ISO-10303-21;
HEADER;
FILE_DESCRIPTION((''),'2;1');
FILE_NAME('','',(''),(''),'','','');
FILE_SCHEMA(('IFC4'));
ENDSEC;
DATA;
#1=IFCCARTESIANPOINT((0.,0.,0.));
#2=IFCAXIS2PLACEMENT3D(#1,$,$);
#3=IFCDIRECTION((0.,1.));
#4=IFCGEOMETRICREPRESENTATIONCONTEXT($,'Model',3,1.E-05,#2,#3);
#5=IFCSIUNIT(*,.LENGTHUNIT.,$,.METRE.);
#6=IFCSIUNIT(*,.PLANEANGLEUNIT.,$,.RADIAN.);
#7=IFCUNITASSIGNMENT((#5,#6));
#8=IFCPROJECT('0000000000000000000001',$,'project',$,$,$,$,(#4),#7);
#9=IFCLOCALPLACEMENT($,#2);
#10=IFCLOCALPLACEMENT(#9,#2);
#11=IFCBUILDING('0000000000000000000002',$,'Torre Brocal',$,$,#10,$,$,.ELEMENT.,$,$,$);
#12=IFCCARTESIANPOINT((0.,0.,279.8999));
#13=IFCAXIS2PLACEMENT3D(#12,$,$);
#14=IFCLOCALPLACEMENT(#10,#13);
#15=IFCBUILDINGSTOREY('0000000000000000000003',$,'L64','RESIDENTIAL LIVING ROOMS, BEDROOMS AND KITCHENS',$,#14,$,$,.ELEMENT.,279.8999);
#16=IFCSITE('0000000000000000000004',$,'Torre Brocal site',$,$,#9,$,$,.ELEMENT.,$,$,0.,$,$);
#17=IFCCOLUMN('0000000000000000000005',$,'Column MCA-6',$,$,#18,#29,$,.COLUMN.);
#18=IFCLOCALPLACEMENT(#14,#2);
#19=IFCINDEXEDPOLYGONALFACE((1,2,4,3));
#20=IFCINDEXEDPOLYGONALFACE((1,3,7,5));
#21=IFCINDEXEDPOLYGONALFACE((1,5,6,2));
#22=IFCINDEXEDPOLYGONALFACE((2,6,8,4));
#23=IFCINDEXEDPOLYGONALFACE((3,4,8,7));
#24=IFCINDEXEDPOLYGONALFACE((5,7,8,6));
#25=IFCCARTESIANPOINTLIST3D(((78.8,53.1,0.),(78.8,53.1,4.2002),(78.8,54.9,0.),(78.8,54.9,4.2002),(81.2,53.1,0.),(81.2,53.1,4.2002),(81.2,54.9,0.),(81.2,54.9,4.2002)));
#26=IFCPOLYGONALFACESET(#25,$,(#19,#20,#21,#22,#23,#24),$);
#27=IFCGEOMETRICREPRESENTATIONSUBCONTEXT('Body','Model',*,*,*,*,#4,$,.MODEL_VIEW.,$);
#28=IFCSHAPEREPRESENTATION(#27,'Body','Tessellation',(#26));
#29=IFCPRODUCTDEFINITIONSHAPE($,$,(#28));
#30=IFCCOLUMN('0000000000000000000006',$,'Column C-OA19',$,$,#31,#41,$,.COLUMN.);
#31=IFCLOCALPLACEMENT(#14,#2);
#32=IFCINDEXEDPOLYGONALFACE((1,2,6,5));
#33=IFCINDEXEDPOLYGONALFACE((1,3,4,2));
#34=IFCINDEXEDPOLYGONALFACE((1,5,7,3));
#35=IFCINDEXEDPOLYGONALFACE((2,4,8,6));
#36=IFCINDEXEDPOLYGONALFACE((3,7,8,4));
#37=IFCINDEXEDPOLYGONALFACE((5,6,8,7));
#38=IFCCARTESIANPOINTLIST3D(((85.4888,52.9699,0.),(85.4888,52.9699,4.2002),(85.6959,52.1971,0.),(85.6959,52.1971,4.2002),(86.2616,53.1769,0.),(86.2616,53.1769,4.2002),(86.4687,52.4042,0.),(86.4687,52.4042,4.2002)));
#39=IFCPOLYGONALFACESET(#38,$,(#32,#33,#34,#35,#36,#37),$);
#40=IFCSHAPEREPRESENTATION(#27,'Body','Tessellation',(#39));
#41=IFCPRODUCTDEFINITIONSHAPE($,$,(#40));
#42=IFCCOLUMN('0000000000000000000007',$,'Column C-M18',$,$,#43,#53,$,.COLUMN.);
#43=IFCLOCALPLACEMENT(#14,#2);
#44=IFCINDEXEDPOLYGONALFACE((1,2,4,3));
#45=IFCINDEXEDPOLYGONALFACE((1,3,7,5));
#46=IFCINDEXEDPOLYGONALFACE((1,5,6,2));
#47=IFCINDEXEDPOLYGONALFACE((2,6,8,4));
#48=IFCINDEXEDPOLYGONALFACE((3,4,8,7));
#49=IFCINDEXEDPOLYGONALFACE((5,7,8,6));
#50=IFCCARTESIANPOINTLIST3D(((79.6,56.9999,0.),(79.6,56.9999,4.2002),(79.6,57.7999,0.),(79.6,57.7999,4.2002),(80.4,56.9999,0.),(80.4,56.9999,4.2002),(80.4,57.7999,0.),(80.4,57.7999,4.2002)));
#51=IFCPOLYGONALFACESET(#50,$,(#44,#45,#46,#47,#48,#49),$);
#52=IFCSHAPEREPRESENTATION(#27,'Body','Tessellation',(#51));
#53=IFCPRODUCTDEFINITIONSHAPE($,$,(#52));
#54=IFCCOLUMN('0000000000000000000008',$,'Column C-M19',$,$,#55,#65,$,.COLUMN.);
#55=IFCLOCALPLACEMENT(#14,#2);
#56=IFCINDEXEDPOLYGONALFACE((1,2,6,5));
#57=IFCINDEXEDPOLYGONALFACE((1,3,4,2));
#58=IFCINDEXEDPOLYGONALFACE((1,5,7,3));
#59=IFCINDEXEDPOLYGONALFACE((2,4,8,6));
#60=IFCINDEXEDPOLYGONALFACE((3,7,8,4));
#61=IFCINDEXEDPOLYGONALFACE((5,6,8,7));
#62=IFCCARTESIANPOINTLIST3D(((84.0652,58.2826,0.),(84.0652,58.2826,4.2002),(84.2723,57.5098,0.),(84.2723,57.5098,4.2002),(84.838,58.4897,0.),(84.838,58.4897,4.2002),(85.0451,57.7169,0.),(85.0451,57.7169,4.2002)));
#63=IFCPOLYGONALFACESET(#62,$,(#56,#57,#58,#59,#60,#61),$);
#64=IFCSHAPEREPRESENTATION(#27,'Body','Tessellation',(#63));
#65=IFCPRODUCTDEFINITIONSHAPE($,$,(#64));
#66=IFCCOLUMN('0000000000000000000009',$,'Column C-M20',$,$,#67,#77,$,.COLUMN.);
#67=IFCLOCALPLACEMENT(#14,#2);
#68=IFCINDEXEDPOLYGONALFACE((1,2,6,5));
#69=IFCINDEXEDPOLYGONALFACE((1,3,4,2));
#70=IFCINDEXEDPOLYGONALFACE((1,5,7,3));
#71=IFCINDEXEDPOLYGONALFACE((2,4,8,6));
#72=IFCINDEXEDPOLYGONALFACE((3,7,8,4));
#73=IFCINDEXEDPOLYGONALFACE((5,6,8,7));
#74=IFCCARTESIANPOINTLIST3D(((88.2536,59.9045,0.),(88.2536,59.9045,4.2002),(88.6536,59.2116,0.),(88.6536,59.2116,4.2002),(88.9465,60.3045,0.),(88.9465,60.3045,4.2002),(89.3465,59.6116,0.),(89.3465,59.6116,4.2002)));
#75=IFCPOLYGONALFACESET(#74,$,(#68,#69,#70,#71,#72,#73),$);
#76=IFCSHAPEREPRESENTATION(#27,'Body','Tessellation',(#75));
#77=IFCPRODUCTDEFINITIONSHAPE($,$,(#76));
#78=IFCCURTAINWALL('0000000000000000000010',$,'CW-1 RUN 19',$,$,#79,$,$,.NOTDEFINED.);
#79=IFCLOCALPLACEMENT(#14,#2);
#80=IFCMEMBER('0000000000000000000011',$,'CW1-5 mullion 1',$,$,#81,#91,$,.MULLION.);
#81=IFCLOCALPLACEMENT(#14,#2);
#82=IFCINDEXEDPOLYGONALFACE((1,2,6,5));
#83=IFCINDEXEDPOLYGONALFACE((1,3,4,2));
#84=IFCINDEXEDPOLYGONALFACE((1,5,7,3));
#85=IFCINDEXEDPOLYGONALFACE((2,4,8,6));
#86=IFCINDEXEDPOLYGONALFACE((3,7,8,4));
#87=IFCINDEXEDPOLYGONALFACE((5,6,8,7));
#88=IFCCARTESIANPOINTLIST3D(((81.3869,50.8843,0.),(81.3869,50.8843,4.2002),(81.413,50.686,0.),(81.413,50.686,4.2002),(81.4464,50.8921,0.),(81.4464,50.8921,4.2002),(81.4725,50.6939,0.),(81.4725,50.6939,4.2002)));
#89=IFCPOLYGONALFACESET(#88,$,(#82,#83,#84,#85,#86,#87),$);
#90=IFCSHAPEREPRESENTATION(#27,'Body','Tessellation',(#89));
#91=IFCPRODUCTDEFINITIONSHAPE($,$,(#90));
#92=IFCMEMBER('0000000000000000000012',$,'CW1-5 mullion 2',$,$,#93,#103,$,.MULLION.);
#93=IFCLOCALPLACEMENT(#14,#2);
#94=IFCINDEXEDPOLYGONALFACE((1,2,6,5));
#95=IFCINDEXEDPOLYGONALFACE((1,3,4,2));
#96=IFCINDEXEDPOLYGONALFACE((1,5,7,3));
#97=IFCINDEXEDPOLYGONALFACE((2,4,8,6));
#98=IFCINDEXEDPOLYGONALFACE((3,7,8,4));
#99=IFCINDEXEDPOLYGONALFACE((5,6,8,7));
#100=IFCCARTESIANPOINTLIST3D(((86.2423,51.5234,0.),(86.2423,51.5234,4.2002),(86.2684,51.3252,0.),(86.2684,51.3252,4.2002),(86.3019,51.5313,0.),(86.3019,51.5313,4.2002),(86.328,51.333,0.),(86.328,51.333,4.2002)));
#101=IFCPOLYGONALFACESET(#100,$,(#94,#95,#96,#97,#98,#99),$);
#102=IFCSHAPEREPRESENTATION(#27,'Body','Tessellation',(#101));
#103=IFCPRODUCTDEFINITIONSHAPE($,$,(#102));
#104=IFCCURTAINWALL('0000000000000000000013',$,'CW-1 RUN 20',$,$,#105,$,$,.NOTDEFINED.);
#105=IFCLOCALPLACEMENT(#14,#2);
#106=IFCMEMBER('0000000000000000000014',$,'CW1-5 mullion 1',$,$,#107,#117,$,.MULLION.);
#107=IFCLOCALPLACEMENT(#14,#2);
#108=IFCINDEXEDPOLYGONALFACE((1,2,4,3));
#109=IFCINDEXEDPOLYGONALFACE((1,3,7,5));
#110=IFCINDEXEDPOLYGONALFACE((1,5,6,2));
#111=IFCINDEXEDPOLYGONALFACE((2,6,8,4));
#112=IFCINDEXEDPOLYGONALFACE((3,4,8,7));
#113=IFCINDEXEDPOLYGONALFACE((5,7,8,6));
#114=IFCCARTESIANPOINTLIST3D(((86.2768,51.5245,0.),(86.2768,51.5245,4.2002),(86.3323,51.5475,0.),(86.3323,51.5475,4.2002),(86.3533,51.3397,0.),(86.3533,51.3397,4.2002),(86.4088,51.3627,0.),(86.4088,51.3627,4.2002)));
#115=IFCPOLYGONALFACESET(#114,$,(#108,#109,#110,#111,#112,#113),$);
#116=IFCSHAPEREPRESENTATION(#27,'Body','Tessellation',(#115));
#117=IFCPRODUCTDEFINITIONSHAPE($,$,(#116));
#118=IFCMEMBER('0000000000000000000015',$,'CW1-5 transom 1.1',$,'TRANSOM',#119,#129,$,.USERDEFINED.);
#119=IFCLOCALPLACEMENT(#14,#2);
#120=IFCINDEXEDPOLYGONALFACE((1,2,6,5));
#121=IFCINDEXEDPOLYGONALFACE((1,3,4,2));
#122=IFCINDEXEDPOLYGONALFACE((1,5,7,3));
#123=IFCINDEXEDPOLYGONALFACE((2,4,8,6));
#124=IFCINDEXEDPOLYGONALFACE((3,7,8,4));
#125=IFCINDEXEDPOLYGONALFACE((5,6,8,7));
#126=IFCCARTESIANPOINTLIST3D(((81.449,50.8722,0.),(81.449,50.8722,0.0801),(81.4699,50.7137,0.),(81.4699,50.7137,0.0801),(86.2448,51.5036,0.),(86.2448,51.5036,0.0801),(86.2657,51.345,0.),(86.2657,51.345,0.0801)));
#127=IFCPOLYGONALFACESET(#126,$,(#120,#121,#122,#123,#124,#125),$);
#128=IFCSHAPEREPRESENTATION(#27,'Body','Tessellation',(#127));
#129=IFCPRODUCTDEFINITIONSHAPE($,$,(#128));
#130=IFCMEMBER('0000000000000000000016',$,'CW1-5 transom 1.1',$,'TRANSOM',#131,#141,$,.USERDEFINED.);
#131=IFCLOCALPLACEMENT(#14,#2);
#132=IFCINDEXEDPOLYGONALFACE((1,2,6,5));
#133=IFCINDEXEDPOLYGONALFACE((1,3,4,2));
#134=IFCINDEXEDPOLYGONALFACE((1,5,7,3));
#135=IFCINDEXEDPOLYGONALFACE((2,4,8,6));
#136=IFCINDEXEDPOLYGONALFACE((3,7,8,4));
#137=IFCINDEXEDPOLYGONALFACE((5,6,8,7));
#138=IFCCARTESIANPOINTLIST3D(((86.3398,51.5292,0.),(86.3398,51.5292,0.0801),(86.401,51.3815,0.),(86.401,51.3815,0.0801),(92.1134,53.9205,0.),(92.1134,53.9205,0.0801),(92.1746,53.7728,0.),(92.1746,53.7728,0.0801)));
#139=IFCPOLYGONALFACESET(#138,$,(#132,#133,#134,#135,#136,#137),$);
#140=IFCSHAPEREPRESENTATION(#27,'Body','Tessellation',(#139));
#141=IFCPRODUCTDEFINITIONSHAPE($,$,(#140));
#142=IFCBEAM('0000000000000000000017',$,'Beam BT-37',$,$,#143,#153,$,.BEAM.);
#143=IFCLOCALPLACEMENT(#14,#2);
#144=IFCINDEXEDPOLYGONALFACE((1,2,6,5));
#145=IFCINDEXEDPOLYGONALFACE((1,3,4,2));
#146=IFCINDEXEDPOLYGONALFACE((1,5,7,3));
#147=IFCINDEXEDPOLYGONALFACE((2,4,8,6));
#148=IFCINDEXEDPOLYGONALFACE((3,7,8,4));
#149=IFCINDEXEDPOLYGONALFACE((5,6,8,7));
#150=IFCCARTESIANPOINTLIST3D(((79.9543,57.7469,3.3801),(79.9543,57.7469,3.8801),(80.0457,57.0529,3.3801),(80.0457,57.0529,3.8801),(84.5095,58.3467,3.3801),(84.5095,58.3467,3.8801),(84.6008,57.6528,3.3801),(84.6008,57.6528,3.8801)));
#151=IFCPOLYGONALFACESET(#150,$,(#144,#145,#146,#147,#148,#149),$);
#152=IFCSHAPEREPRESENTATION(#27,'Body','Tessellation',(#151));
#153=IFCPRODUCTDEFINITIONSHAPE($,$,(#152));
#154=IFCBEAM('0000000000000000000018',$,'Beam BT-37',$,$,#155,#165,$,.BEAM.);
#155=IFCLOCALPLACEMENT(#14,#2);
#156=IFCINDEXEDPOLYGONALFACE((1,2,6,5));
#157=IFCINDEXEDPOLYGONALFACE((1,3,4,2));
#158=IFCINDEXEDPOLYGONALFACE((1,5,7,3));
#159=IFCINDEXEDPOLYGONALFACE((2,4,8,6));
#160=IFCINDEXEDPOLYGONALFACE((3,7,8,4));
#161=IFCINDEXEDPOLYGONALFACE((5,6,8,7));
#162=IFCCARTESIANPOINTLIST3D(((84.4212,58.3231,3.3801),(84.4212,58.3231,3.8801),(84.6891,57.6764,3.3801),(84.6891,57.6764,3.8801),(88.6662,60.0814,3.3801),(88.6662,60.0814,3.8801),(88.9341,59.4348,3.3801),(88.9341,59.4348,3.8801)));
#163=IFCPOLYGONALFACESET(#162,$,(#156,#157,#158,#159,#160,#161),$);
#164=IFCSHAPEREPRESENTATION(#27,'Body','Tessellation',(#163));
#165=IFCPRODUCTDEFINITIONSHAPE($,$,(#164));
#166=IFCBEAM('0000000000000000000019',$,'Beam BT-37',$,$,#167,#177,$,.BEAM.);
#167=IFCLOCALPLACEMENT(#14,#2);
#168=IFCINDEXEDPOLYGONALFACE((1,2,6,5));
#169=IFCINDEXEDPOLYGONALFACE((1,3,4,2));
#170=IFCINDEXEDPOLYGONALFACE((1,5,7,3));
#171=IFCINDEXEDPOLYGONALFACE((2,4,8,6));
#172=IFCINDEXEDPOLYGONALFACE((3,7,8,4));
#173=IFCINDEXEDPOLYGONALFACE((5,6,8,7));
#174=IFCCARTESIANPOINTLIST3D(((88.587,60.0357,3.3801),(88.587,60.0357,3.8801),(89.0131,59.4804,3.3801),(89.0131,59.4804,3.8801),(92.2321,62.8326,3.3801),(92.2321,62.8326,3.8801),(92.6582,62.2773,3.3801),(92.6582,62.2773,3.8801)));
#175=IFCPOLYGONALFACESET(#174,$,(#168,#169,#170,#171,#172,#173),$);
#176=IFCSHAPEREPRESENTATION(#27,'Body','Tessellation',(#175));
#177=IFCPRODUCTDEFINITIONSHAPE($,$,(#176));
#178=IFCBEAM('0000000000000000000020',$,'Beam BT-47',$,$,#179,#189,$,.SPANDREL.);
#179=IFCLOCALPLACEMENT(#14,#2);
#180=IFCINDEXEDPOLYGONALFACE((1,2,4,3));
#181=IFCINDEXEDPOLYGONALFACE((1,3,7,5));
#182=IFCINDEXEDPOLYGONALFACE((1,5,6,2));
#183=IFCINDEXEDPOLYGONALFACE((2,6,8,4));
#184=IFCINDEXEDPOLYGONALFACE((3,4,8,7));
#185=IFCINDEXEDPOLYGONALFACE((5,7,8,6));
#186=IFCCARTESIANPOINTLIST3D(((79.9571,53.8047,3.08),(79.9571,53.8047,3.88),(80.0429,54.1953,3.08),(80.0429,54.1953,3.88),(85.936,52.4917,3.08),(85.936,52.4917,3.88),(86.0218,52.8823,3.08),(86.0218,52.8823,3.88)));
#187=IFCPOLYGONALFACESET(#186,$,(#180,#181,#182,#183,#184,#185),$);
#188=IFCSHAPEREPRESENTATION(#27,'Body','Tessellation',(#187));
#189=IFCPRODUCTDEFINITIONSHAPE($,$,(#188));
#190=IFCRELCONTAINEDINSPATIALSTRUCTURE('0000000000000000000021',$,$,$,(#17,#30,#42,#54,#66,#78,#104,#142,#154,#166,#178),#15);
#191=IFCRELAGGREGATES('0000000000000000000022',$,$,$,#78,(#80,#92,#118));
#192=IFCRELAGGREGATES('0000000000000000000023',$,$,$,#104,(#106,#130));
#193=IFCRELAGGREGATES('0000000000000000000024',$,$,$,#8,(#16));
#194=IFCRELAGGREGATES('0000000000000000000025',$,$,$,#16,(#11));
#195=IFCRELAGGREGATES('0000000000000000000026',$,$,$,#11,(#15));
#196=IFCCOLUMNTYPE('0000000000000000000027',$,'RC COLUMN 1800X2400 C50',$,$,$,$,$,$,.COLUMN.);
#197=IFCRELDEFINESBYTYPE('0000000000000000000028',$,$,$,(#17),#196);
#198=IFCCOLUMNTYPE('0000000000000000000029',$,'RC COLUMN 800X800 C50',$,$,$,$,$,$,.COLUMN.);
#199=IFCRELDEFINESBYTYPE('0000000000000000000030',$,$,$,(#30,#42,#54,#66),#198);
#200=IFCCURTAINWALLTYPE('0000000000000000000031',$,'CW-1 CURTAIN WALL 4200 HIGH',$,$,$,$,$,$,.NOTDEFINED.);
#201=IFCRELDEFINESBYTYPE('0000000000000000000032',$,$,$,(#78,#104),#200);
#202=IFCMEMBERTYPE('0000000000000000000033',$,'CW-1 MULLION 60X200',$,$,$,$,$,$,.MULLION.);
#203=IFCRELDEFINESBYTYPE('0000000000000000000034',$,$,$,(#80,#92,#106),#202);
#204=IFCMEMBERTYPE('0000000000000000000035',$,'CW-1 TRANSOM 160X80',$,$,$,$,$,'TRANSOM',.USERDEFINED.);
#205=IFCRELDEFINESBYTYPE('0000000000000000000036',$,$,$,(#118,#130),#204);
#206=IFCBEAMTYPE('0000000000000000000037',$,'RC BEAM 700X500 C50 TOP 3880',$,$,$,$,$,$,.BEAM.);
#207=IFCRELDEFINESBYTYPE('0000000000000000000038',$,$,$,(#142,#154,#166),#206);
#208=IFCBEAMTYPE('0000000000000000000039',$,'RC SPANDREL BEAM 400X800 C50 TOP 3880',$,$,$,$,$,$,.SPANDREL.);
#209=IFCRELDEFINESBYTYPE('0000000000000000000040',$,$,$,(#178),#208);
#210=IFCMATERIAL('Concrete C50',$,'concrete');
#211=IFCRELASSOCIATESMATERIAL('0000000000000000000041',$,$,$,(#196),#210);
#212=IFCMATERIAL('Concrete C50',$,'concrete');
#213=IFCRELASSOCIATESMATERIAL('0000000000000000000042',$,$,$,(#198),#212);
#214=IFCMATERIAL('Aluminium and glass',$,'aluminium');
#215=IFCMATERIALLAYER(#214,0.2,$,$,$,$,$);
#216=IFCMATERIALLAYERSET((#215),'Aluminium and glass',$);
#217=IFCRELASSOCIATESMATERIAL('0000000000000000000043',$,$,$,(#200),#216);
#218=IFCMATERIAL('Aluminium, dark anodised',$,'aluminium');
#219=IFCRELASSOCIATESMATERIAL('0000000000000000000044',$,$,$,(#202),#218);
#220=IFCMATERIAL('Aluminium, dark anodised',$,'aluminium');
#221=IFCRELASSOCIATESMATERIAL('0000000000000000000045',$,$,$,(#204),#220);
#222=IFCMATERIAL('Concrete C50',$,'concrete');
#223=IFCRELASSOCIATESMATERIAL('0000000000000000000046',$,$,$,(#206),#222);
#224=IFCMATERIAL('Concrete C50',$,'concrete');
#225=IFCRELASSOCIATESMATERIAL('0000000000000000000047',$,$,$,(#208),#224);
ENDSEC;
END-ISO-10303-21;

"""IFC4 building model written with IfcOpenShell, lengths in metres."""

from ifc_helpers import new_model, si_unit, direction, frame, origin, origin_2d, place, context, subcontext, project, spatial, rectangle, extrude, material, layer, layer_set, material_profile, profile_set, type_object, element, aggregate, save


model = new_model("IFC4")

# Units and contexts
model_context = context("Model", 3, precision=1e-05, world=origin(), true_north=direction((0.0, 1.0)))
body_context = subcontext(model_context, "Body", "Model", "MODEL_VIEW")
ifc_project = project(units=[si_unit("LENGTHUNIT", "METRE"), si_unit("PLANEANGLEUNIT", "RADIAN")], contexts=[model_context])

# Site, building, storey
site_placement = place(None, origin())
site = spatial("IfcSite", under=ifc_project, at=site_placement, Name="Torre Brocal site", CompositionType="ELEMENT", RefElevation=0.0)
building_placement = place(site_placement, origin())
building = spatial("IfcBuilding", under=site, at=building_placement, Name="Torre Brocal", CompositionType="ELEMENT")
storey_placement = place(building_placement, frame((0.0, 0.0, 279.8999)))
storey = spatial("IfcBuildingStorey", under=building, at=storey_placement, Name="L64", Description="RESIDENTIAL LIVING ROOMS, BEDROOMS AND KITCHENS", CompositionType="ELEMENT", Elevation=279.8999)

# Columns
ifc_material_1 = material(Name="Concrete C50", Category="concrete")
ifc_material_profile_1 = material_profile(ifc_material_1, rectangle(XDim=1.8, YDim=2.3999, at=origin_2d()), Name="RC 1800X2400")
ifc_profile_set_1 = profile_set([ifc_material_profile_1], Name="Concrete C50")
column_type_1 = type_object("IfcColumnType", Name="RC COLUMN 1800X2400 C50", PredefinedType="COLUMN", material=ifc_profile_set_1)
column_placement = place(storey_placement, frame((80.0, 54.0, 0.0), z_axis=(0.0, 0.0, 1.0), x_axis=(0.0, -1.0, 0.0)))
element("IfcColumn", 1, at=column_placement, inside=storey, type_object=column_type_1, Name="Column MCA-6", PredefinedType="COLUMN", context=body_context, shape_type="SweptSolid", body=[
    extrude(rectangle(XDim=1.8, YDim=2.3999, at=origin_2d()), origin(), (0.0, 0.0, 1.0), 4.2002),
])
ifc_material_2 = material(Name="Concrete C50", Category="concrete")
ifc_material_profile_2 = material_profile(ifc_material_2, rectangle(XDim=0.8, YDim=0.8, at=origin_2d()), Name="RC 800X800")
ifc_profile_set_2 = profile_set([ifc_material_profile_2], Name="Concrete C50")
column_type_2 = type_object("IfcColumnType", Name="RC COLUMN 800X800 C50", PredefinedType="COLUMN", material=ifc_profile_set_2)
for number, where, z_axis, x_axis, name in (
    (2, (85.9788, 52.687, 0.0), (0.0, 0.0, 1.0), (0.258819, -0.965926, 0.0), "Column C-OA19"),
    (3, (80.0, 57.3999, 0.0), (0.0, 0.0, 1.0), (0.0, -1.0, 0.0), "Column C-M18"),
    (4, (84.5552, 57.9998, 0.0), (0.0, 0.0, 1.0), (0.258819, -0.965926, 0.0), "Column C-M19"),
    (5, (88.8, 59.7581, 0.0), (0.0, 0.0, 1.0), (0.5, -0.866025, 0.0), "Column C-M20"),
):
    element("IfcColumn", number, at=place(storey_placement, frame(where, z_axis=z_axis, x_axis=x_axis)), inside=storey, type_object=column_type_2, Name=name, PredefinedType="COLUMN", context=body_context, shape_type="SweptSolid", body=[
        extrude(rectangle(XDim=0.8, YDim=0.8, at=origin_2d()), origin(), (0.0, 0.0, 1.0), 4.2002),
    ])

# Curtain wall, members
ifc_material_3 = material(Name="Aluminium and glass", Category="aluminium")
ifc_layer_1 = layer(ifc_material_3, 0.2)
ifc_layer_set_1 = layer_set([ifc_layer_1], Name="Aluminium and glass")
curtain_wall_type = type_object("IfcCurtainWallType", Name="CW-1 CURTAIN WALL 4200 HIGH", PredefinedType="NOTDEFINED", material=ifc_layer_set_1)
curtain_wall_1_placement = place(storey_placement, origin())
curtain_wall_1 = element("IfcCurtainWall", 6, at=curtain_wall_1_placement, inside=storey, type_object=curtain_wall_type, Name="CW-1 RUN 19", PredefinedType="NOTDEFINED")
ifc_material_4 = material(Name="Aluminium, dark anodised", Category="aluminium")
ifc_material_profile_3 = material_profile(ifc_material_4, rectangle(XDim=0.2, YDim=0.0601, at=origin_2d()), Name="CW-1 MULLION 60X200")
ifc_profile_set_3 = profile_set([ifc_material_profile_3], Name="Aluminium, dark anodised")
member_type_1 = type_object("IfcMemberType", Name="CW-1 MULLION 60X200", PredefinedType="MULLION", material=ifc_profile_set_3)
member_1_placement = place(storey_placement, frame((81.4297, 50.7891, 0.0), z_axis=(0.0, 0.0, 1.0), x_axis=(-0.130526, 0.991445, 0.0)))
member_1 = element("IfcMember", 7, at=member_1_placement, type_object=member_type_1, Name="CW1-5 mullion 1", PredefinedType="MULLION", context=body_context, shape_type="SweptSolid", body=[
    extrude(rectangle(XDim=0.2, YDim=0.0601, at=origin_2d()), origin(), (0.0, 0.0, 1.0), 4.2002),
])
member_2_placement = place(storey_placement, frame((86.2852, 51.4282, 0.0), z_axis=(0.0, 0.0, 1.0), x_axis=(-0.130526, 0.991445, 0.0)))
member_2 = element("IfcMember", 8, at=member_2_placement, type_object=member_type_1, Name="CW1-5 mullion 2", PredefinedType="MULLION", context=body_context, shape_type="SweptSolid", body=[
    extrude(rectangle(XDim=0.2, YDim=0.0601, at=origin_2d()), origin(), (0.0, 0.0, 1.0), 4.2002),
])

# Curtain wall, member
curtain_wall_2_placement = place(storey_placement, origin())
curtain_wall_2 = element("IfcCurtainWall", 9, at=curtain_wall_2_placement, inside=storey, type_object=curtain_wall_type, Name="CW-1 RUN 20", PredefinedType="NOTDEFINED")
member_3_placement = place(storey_placement, frame((86.3428, 51.4436, 0.0), z_axis=(0.0, 0.0, 1.0), x_axis=(-0.382683, 0.92388, 0.0)))
member_3 = element("IfcMember", 10, at=member_3_placement, type_object=member_type_1, Name="CW1-5 mullion 1", PredefinedType="MULLION", context=body_context, shape_type="SweptSolid", body=[
    extrude(rectangle(XDim=0.2, YDim=0.0601, at=origin_2d()), origin(), (0.0, 0.0, 1.0), 4.2002),
])

# Members
ifc_material_5 = material(Name="Aluminium, dark anodised", Category="aluminium")
ifc_material_profile_4 = material_profile(ifc_material_5, rectangle(XDim=0.1599, YDim=0.0801, at=origin_2d()), Name="CW-1 TRANSOM 160X80")
ifc_profile_set_4 = profile_set([ifc_material_profile_4], Name="Aluminium, dark anodised")
member_type_2 = type_object("IfcMemberType", Name="CW-1 TRANSOM 160X80", ElementType="TRANSOM", PredefinedType="USERDEFINED", material=ifc_profile_set_4)
member_4_placement = place(storey_placement, frame((81.4595, 50.793, 0.04), z_axis=(0.991446, 0.130517, 0.0), x_axis=(-0.130517, 0.991446, 0.0)))
member_4 = element("IfcMember", 11, at=member_4_placement, type_object=member_type_2, Name="CW1-5 transom 1.1", ObjectType="TRANSOM", PredefinedType="USERDEFINED", context=body_context, shape_type="SweptSolid", body=[
    extrude(rectangle(XDim=0.1599, YDim=0.0801, at=origin_2d()), origin(), (0.0, 0.0, 1.0), 4.8372),
])
member_5_placement = place(storey_placement, frame((86.3704, 51.4553, 0.04), z_axis=(0.92389, 0.382659, 0.0), x_axis=(-0.382659, 0.92389, 0.0)))
member_5 = element("IfcMember", 12, at=member_5_placement, type_object=member_type_2, Name="CW1-5 transom 1.1", ObjectType="TRANSOM", PredefinedType="USERDEFINED", context=body_context, shape_type="SweptSolid", body=[
    extrude(rectangle(XDim=0.1599, YDim=0.0801, at=origin_2d()), origin(), (0.0, 0.0, 1.0), 6.2493),
])

# Beams
ifc_material_6 = material(Name="Concrete C50", Category="concrete")
ifc_material_profile_5 = material_profile(ifc_material_6, rectangle(XDim=0.7, YDim=0.5, at=origin_2d()), Name="RC 700X500")
ifc_profile_set_5 = profile_set([ifc_material_profile_5], Name="Concrete C50")
beam_type_1 = type_object("IfcBeamType", Name="RC BEAM 700X500 C50 TOP 3880", PredefinedType="BEAM", material=ifc_profile_set_5)
beam_1_placement = place(storey_placement, frame((80.0, 57.3999, 3.6301), z_axis=(0.991441, 0.130559, 0.0), x_axis=(-0.130559, 0.991441, 0.0)))
element("IfcBeam", 13, at=beam_1_placement, inside=storey, type_object=beam_type_1, Name="Beam BT-37", PredefinedType="BEAM", context=body_context, shape_type="SweptSolid", body=[
    extrude(rectangle(XDim=0.7, YDim=0.5, at=origin_2d()), origin(), (0.0, 0.0, 1.0), 4.5945),
])
beam_2_placement = place(storey_placement, frame((84.5552, 57.9998, 3.6301), z_axis=(0.923878, 0.382687, 0.0), x_axis=(-0.382687, 0.923878, 0.0)))
element("IfcBeam", 14, at=beam_2_placement, inside=storey, type_object=beam_type_1, Name="Beam BT-37", PredefinedType="BEAM", context=body_context, shape_type="SweptSolid", body=[
    extrude(rectangle(XDim=0.7, YDim=0.5, at=origin_2d()), origin(), (0.0, 0.0, 1.0), 4.5947),
])
beam_3_placement = place(storey_placement, frame((88.8, 59.7581, 3.6301), z_axis=(0.793358, 0.608755, 0.0), x_axis=(-0.608755, 0.793358, 0.0)))
element("IfcBeam", 15, at=beam_3_placement, inside=storey, type_object=beam_type_1, Name="Beam BT-37", PredefinedType="BEAM", context=body_context, shape_type="SweptSolid", body=[
    extrude(rectangle(XDim=0.7, YDim=0.5, at=origin_2d()), origin(), (0.0, 0.0, 1.0), 4.5945),
])
ifc_material_7 = material(Name="Concrete C50", Category="concrete")
ifc_material_profile_6 = material_profile(ifc_material_7, rectangle(XDim=0.3999, YDim=0.8, at=origin_2d()), Name="RC 400X800")
ifc_profile_set_6 = profile_set([ifc_material_profile_6], Name="Concrete C50")
beam_type_2 = type_object("IfcBeamType", Name="RC SPANDREL BEAM 400X800 C50 TOP 3880", PredefinedType="SPANDREL", material=ifc_profile_set_6)
beam_4_placement = place(storey_placement, frame((80.0, 54.0, 3.48), z_axis=(0.976725, -0.214497, 0.0), x_axis=(0.214497, 0.976725, 0.0)))
element("IfcBeam", 16, at=beam_4_placement, inside=storey, type_object=beam_type_2, Name="Beam BT-47", PredefinedType="SPANDREL", context=body_context, shape_type="SweptSolid", body=[
    extrude(rectangle(XDim=0.3999, YDim=0.8, at=origin_2d()), origin(), (0.0, 0.0, 1.0), 6.1213),
])

aggregate(curtain_wall_1, [member_1, member_2, member_4])
aggregate(curtain_wall_2, [member_3, member_5])

save(model, "model.ifc")
